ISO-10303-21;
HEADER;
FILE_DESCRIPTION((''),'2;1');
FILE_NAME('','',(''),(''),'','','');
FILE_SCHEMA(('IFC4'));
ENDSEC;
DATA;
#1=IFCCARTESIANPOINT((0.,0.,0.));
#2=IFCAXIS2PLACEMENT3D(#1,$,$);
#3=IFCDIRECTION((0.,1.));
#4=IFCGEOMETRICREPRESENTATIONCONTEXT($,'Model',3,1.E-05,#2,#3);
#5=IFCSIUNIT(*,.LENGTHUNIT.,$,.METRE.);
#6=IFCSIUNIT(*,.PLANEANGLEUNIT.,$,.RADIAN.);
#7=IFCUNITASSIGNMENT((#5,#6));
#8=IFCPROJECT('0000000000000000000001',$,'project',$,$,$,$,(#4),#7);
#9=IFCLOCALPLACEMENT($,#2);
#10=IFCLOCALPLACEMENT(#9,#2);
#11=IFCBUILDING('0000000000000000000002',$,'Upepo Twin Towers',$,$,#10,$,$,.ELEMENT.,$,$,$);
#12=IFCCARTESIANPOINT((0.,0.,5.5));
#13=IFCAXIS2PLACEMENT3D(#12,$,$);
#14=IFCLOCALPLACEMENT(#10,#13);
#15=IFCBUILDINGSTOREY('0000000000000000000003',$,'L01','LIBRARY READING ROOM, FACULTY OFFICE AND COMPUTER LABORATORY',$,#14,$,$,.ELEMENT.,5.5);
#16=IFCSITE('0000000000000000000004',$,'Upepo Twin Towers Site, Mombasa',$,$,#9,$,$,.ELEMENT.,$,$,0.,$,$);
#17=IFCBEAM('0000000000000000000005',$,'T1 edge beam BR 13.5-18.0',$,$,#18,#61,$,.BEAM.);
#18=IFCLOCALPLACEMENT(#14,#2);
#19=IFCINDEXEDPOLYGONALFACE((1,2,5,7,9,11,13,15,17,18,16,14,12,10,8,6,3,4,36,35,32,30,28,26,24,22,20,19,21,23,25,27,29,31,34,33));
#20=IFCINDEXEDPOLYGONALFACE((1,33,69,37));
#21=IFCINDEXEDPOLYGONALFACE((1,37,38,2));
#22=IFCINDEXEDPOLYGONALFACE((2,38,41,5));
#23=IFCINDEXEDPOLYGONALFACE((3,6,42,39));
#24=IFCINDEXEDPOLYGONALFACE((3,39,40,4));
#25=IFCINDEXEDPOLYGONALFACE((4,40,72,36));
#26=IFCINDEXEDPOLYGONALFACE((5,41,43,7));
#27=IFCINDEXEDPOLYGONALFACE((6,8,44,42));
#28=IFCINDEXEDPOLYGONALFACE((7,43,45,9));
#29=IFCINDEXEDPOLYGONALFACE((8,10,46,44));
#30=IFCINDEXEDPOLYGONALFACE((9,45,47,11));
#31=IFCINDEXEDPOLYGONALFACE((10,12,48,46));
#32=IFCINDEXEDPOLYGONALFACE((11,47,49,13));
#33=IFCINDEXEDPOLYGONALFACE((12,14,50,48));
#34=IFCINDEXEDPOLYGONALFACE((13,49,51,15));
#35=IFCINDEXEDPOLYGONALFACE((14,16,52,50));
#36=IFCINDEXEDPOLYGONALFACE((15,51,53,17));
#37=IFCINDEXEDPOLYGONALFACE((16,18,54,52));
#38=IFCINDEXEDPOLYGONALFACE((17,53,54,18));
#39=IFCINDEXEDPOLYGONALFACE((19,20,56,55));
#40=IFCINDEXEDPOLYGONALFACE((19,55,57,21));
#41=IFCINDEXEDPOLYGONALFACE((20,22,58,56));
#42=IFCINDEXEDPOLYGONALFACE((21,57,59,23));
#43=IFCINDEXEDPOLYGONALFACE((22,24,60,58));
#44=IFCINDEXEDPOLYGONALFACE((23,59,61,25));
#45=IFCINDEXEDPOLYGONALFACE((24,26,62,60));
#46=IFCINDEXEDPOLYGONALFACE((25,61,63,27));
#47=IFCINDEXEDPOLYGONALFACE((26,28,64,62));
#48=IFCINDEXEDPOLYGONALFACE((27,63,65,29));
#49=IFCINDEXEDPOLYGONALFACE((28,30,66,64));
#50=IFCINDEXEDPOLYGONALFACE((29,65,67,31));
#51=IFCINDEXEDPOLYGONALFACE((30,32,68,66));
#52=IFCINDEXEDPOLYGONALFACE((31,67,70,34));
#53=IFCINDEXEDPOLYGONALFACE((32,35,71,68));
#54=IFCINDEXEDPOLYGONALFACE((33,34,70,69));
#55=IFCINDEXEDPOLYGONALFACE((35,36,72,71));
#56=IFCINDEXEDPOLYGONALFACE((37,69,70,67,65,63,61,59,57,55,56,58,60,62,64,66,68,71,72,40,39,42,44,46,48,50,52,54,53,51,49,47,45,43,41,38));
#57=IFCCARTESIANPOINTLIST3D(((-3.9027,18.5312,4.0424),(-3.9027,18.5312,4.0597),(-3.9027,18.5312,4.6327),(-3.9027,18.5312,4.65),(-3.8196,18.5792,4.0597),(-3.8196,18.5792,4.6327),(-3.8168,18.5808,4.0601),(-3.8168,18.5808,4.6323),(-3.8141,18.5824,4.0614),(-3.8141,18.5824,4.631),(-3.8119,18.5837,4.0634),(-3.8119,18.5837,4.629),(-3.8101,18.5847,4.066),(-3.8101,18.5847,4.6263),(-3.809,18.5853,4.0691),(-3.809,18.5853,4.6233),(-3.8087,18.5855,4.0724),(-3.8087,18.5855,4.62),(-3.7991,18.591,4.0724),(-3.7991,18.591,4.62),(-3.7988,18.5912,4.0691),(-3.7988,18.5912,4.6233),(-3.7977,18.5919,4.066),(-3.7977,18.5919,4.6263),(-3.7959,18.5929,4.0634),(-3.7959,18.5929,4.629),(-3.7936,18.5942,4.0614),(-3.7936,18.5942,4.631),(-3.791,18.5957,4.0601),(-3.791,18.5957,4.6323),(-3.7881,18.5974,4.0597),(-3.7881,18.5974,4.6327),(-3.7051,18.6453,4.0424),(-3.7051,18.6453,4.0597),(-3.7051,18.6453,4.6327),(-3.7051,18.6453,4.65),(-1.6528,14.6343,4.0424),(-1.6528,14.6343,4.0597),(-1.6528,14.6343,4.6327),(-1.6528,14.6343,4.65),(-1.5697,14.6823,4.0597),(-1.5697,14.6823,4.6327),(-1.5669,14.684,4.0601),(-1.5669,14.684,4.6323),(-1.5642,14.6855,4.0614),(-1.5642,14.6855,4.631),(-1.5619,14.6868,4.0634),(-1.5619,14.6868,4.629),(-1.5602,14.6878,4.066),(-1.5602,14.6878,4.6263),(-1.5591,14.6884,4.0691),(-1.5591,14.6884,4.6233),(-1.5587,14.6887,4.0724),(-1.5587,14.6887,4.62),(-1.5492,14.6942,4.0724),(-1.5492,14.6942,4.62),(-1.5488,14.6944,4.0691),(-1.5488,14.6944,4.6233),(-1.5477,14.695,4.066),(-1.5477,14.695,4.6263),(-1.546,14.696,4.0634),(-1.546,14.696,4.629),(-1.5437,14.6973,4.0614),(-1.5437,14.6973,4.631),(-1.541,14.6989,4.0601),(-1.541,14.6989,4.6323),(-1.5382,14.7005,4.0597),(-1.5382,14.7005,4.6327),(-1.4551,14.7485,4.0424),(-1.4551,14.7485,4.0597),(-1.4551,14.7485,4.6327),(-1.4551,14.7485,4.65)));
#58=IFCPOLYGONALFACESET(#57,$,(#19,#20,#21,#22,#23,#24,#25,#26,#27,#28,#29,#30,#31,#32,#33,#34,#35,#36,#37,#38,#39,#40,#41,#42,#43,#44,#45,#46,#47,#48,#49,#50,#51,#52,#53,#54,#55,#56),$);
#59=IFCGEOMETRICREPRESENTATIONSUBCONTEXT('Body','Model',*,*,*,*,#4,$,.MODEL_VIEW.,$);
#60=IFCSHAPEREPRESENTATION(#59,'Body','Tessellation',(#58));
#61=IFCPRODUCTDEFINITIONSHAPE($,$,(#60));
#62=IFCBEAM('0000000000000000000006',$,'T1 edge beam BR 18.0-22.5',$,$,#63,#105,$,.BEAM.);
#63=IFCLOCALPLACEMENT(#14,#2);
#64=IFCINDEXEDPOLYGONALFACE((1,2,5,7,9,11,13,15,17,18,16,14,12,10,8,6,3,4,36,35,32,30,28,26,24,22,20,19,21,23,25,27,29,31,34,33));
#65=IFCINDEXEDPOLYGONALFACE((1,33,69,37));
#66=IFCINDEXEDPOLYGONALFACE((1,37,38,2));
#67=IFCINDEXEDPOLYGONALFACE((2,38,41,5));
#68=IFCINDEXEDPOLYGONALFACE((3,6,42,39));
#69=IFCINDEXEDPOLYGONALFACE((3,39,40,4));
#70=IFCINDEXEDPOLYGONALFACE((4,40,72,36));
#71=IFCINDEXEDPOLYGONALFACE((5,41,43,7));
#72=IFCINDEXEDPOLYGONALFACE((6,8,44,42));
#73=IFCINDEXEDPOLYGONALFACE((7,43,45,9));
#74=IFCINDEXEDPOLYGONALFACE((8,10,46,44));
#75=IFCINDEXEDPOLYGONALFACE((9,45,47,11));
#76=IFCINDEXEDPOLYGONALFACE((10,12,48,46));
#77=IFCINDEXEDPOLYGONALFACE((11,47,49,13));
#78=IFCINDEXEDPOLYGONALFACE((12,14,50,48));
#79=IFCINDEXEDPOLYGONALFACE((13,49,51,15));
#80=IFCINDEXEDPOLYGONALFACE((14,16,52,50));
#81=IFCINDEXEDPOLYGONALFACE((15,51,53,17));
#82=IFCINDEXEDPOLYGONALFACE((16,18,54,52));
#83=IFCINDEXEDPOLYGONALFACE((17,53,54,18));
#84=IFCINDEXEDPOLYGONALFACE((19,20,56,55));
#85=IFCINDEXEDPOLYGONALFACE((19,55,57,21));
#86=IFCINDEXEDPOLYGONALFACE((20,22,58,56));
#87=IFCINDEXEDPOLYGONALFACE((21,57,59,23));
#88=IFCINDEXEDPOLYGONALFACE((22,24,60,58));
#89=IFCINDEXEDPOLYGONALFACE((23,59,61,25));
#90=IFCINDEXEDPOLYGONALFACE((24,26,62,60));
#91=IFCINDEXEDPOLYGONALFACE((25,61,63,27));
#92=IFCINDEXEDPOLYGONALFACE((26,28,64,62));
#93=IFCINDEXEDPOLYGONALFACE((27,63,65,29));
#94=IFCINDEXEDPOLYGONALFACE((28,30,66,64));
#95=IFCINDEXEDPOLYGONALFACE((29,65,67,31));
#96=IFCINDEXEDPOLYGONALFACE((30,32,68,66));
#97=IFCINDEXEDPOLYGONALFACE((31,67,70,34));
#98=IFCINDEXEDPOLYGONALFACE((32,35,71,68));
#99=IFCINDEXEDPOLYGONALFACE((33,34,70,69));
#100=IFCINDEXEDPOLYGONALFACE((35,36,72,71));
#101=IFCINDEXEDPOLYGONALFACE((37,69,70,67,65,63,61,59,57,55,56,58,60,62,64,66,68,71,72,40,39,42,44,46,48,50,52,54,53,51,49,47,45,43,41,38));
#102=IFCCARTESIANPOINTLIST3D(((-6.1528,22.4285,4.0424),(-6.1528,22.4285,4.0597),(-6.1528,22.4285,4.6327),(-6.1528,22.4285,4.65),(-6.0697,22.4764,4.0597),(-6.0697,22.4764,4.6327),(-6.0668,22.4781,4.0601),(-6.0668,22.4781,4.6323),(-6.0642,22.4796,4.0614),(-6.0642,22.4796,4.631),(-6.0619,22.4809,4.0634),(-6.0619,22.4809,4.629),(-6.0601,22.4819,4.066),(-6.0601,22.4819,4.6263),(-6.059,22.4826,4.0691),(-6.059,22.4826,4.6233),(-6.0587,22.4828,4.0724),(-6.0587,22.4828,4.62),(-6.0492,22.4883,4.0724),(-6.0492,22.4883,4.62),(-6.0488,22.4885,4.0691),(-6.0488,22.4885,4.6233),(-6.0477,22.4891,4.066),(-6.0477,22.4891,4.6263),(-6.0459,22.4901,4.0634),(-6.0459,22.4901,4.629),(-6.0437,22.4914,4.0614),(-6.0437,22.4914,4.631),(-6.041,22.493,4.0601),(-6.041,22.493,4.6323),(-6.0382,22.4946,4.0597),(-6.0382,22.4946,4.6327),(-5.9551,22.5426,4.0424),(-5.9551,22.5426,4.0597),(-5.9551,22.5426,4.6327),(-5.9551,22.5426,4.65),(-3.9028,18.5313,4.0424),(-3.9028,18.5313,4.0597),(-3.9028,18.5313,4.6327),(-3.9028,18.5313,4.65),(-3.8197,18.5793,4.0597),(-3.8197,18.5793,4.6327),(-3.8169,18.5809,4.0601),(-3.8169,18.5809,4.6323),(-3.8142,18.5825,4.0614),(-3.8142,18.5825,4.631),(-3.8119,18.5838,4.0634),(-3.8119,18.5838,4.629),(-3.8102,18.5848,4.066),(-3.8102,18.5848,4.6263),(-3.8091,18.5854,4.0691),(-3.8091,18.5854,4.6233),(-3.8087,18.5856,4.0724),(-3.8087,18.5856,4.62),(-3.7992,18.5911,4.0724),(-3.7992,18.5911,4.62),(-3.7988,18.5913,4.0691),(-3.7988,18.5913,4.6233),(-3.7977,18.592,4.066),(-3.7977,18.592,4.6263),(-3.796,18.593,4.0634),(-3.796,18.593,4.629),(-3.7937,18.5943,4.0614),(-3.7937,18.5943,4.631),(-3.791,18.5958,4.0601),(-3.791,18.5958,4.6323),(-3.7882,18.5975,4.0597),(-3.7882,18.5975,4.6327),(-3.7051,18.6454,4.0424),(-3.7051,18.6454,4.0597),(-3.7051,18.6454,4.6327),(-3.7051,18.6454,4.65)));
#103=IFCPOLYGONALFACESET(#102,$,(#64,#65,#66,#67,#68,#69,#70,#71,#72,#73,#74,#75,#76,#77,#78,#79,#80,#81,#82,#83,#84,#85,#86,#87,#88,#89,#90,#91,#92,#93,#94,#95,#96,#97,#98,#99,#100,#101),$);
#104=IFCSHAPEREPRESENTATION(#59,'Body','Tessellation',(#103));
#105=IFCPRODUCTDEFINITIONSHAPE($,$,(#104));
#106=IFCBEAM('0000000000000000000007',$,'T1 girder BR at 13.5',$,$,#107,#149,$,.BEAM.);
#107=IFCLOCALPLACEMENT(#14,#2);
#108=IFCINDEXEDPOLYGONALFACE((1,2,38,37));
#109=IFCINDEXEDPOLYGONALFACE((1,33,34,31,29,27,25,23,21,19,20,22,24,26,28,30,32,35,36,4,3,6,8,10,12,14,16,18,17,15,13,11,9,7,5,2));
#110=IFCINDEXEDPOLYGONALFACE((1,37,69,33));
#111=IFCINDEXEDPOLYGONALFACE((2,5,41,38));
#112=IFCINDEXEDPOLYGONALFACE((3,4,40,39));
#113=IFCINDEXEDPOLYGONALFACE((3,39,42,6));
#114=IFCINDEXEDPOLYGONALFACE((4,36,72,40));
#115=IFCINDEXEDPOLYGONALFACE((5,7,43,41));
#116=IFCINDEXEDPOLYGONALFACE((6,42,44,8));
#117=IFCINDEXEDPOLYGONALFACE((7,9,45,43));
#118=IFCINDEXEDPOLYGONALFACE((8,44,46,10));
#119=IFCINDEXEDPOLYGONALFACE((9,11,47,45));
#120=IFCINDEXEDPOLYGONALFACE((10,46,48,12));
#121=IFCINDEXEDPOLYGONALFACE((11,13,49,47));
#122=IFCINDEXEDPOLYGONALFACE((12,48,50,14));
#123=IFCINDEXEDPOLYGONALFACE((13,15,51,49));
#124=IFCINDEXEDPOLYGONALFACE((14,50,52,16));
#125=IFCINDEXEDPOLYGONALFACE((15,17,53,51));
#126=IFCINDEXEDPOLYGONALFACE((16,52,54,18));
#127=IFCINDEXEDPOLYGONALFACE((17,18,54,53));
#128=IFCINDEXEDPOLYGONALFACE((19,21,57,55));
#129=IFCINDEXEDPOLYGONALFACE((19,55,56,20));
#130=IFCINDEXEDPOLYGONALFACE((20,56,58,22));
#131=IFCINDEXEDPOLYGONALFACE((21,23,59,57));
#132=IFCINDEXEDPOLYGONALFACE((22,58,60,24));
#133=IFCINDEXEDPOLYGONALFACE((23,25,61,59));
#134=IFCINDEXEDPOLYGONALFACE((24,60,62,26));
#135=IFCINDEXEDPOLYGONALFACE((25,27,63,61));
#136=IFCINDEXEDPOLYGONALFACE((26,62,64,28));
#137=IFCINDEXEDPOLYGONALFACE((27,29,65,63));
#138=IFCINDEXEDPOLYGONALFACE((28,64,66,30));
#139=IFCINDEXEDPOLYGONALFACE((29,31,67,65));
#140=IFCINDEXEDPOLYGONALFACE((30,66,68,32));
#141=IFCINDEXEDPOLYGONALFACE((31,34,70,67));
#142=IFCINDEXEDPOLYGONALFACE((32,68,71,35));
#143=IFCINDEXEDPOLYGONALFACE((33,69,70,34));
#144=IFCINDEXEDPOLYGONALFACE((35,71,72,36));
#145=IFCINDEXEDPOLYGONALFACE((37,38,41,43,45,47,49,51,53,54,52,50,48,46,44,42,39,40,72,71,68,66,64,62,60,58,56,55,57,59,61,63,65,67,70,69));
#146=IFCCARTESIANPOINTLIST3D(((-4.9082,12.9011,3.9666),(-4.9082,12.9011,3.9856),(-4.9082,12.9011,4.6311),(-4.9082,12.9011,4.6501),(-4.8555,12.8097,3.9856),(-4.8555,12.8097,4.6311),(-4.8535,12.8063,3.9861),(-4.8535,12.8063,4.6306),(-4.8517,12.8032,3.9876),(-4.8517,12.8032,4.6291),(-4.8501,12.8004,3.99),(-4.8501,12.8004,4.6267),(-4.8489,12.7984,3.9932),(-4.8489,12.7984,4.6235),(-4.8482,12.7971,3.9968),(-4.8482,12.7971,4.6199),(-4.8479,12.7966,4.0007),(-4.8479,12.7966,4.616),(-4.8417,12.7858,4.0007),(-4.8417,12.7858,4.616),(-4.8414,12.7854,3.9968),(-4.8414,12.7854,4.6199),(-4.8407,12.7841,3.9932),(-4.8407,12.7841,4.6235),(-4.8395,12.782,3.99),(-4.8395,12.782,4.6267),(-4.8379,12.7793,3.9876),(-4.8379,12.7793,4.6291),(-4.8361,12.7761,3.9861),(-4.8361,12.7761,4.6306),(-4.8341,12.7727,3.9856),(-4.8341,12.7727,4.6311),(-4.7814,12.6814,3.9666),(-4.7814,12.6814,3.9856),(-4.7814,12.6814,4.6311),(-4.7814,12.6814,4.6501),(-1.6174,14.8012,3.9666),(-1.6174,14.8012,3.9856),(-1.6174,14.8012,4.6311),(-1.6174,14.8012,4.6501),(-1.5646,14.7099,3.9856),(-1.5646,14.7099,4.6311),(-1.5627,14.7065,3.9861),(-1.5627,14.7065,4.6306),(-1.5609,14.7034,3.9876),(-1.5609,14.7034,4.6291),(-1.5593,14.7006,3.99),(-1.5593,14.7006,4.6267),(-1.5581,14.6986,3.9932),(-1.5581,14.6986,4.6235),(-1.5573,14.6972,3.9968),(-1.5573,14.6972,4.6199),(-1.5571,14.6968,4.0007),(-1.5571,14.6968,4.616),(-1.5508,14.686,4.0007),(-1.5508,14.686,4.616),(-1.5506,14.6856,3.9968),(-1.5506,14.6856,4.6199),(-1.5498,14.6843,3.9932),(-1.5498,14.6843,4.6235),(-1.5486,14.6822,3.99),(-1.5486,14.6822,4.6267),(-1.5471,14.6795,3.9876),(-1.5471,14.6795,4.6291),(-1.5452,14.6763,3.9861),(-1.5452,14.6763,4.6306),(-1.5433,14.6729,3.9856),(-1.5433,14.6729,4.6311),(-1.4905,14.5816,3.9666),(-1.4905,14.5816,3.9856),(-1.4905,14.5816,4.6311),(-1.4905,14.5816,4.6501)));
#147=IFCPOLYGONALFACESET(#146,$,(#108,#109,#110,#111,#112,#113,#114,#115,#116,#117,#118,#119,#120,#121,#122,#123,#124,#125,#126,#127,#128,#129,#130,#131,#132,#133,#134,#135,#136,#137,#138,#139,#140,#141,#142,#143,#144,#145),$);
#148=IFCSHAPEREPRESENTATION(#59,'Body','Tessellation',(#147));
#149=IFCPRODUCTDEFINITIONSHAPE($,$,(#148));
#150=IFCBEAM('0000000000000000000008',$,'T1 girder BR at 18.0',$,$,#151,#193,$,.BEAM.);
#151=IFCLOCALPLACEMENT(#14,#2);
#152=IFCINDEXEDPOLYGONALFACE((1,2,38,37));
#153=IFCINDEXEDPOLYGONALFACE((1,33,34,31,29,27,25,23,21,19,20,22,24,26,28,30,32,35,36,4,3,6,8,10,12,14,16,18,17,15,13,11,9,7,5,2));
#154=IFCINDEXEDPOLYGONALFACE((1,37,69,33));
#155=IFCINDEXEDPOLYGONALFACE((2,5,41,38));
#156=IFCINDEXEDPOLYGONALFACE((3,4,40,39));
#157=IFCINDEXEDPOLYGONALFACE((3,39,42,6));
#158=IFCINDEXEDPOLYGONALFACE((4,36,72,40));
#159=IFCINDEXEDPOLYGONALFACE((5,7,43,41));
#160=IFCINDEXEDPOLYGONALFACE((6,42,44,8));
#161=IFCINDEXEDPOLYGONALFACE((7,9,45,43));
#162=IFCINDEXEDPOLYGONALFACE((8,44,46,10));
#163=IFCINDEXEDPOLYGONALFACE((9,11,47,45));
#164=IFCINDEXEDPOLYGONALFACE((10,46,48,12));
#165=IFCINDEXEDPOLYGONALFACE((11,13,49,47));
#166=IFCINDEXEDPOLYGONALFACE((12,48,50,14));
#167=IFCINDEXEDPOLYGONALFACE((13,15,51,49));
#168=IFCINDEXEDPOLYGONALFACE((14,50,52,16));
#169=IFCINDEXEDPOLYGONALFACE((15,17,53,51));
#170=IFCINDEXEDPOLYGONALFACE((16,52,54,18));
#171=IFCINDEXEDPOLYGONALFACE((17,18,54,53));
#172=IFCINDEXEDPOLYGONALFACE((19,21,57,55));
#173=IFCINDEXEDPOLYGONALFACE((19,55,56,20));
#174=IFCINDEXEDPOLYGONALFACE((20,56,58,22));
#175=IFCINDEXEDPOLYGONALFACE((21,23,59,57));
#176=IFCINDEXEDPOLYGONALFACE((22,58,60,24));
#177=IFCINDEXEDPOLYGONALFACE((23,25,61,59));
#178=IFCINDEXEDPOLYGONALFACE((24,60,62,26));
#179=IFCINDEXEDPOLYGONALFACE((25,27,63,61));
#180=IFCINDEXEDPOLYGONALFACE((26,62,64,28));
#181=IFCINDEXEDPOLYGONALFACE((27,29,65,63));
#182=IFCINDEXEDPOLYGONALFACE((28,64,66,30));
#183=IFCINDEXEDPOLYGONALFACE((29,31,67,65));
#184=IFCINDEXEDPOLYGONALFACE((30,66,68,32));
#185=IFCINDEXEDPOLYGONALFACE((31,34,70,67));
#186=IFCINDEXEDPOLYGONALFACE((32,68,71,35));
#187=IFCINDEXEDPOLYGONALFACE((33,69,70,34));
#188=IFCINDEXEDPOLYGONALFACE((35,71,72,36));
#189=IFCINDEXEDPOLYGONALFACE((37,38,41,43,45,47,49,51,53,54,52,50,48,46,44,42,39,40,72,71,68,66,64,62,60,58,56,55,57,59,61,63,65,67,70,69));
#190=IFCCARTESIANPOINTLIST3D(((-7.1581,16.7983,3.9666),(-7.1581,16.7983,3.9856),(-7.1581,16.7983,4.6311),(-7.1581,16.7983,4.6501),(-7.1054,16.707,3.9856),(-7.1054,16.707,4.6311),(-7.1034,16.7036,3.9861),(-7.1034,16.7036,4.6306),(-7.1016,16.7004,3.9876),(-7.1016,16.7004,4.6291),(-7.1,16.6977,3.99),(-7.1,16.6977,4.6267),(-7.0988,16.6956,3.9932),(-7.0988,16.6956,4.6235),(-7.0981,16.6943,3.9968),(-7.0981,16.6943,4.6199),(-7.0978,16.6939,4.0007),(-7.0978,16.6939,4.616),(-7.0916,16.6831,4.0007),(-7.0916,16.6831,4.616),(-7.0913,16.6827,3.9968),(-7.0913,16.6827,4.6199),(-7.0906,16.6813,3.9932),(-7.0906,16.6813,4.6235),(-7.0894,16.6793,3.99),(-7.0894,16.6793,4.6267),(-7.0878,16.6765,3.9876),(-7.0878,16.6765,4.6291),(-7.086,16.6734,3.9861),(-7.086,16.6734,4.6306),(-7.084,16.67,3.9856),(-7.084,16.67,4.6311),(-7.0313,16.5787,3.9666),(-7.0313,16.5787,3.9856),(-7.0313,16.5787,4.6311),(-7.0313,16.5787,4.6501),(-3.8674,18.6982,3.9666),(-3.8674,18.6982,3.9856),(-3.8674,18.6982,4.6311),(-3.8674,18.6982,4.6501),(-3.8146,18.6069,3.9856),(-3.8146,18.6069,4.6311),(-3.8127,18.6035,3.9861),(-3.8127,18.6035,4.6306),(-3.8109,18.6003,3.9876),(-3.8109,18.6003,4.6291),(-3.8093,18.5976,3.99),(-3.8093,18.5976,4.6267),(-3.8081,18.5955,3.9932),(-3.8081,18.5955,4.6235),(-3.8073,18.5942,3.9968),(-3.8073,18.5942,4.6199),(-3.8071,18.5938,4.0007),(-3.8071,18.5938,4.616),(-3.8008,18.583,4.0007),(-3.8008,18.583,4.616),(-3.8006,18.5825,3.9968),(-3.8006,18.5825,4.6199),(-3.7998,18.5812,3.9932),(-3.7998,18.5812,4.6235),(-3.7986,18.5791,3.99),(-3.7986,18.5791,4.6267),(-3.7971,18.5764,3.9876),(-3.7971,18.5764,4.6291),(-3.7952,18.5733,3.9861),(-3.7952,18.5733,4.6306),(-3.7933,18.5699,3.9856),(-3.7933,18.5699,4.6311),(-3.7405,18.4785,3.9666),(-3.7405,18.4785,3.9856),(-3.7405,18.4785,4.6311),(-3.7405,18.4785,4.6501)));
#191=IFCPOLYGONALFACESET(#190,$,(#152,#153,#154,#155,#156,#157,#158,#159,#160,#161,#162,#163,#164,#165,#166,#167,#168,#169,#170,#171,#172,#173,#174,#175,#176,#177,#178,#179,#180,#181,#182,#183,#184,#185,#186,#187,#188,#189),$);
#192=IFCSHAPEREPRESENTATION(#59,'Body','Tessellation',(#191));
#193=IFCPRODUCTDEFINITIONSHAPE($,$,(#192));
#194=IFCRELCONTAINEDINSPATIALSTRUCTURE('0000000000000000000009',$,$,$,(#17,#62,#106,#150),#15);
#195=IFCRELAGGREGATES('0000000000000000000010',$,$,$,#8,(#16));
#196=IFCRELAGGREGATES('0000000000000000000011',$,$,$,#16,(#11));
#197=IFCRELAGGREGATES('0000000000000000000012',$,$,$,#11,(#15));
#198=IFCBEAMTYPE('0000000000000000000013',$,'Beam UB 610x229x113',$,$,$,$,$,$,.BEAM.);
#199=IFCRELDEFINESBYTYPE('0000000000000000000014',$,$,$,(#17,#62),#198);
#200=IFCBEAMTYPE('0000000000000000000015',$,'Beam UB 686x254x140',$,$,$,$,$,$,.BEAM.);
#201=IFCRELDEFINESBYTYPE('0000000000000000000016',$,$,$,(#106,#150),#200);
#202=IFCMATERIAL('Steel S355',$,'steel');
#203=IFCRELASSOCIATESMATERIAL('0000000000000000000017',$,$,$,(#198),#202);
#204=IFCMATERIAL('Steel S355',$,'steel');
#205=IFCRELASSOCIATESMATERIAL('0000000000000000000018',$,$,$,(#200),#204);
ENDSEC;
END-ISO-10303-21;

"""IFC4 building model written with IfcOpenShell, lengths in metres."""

from ifc_helpers import new_model, si_unit, direction, frame, origin, origin_2d, place, context, subcontext, project, spatial, i_section, extrude, material, material_profile, profile_set, type_object, element, save


model = new_model("IFC4")

# Units and contexts
model_context = context("Model", 3, precision=1e-05, world=origin(), true_north=direction((0.0, 1.0)))
body_context = subcontext(model_context, "Body", "Model", "MODEL_VIEW")
ifc_project = project(units=[si_unit("LENGTHUNIT", "METRE"), si_unit("PLANEANGLEUNIT", "RADIAN")], contexts=[model_context])

# Site, building, storey
site_placement = place(None, origin())
site = spatial("IfcSite", under=ifc_project, at=site_placement, Name="Upepo Twin Towers Site, Mombasa", CompositionType="ELEMENT", RefElevation=0.0)
building_placement = place(site_placement, origin())
building = spatial("IfcBuilding", under=site, at=building_placement, Name="Upepo Twin Towers", CompositionType="ELEMENT")
storey_placement = place(building_placement, frame((0.0, 0.0, 5.5)))
storey = spatial("IfcBuildingStorey", under=building, at=storey_placement, Name="L01", Description="LIBRARY READING ROOM, FACULTY OFFICE AND COMPUTER LABORATORY", CompositionType="ELEMENT", Elevation=5.5)

# Beams
ifc_material_1 = material(Name="Steel S355", Category="steel")
ifc_material_profile_1 = material_profile(ifc_material_1, i_section(OverallWidth=0.2283, OverallDepth=0.6077, WebThickness=0.011, FlangeThickness=0.0173, FilletRadius=0.0127, at=origin_2d()), Name="UB 610x229x113")
ifc_profile_set_1 = profile_set([ifc_material_profile_1], Name="Steel S355")
beam_type_1 = type_object("IfcBeamType", Name="Beam UB 610x229x113", PredefinedType="BEAM", material=ifc_profile_set_1)
beam_1_placement = place(storey_placement, frame((-1.554, 14.6914, 4.3462), z_axis=(-0.500014, 0.866018, 0.0), x_axis=(-0.866018, -0.500014, 0.0)))
element("IfcBeam", 1, at=beam_1_placement, inside=storey, type_object=beam_type_1, Name="T1 edge beam BR 13.5-18.0", PredefinedType="BEAM", context=body_context, shape_type="SweptSolid", body=[
    extrude(i_section(OverallWidth=0.2283, OverallDepth=0.6077, WebThickness=0.011, FlangeThickness=0.0173, FilletRadius=0.0127, at=origin_2d()), origin(), (0.0, 0.0, 1.0), 4.4998),
])
beam_2_placement = place(storey_placement, frame((-3.804, 18.5884, 4.3462), z_axis=(-0.49999, 0.866031, 0.0), x_axis=(-0.866031, -0.49999, 0.0)))
element("IfcBeam", 2, at=beam_2_placement, inside=storey, type_object=beam_type_1, Name="T1 edge beam BR 18.0-22.5", PredefinedType="BEAM", context=body_context, shape_type="SweptSolid", body=[
    extrude(i_section(OverallWidth=0.2283, OverallDepth=0.6077, WebThickness=0.011, FlangeThickness=0.0173, FilletRadius=0.0127, at=origin_2d()), origin(), (0.0, 0.0, 1.0), 4.5),
])
ifc_material_2 = material(Name="Steel S355", Category="steel")
ifc_material_profile_2 = material_profile(ifc_material_2, i_section(OverallWidth=0.2537, OverallDepth=0.6836, WebThickness=0.0125, FlangeThickness=0.019, FilletRadius=0.0151, at=origin_2d()), Name="UB 686x254x140")
ifc_profile_set_2 = profile_set([ifc_material_profile_2], Name="Steel S355")
beam_type_2 = type_object("IfcBeamType", Name="Beam UB 686x254x140", PredefinedType="BEAM", material=ifc_profile_set_2)
beam_3_placement = place(storey_placement, frame((-1.554, 14.6914, 4.3083), z_axis=(-0.866, -0.500043, 0.0), x_axis=(0.500043, -0.866, 0.0)))
element("IfcBeam", 3, at=beam_3_placement, inside=storey, type_object=beam_type_2, Name="T1 girder BR at 13.5", PredefinedType="BEAM", context=body_context, shape_type="SweptSolid", body=[
    extrude(i_section(OverallWidth=0.2537, OverallDepth=0.6836, WebThickness=0.0125, FlangeThickness=0.019, FilletRadius=0.0151, at=origin_2d()), origin(), (0.0, 0.0, 1.0), 3.8),
])
beam_4_placement = place(storey_placement, frame((-3.804, 18.5884, 4.3083), z_axis=(-0.866028, -0.499995, 0.0), x_axis=(0.499995, -0.866028, 0.0)))
element("IfcBeam", 4, at=beam_4_placement, inside=storey, type_object=beam_type_2, Name="T1 girder BR at 18.0", PredefinedType="BEAM", context=body_context, shape_type="SweptSolid", body=[
    extrude(i_section(OverallWidth=0.2537, OverallDepth=0.6836, WebThickness=0.0125, FlangeThickness=0.019, FilletRadius=0.0151, at=origin_2d()), origin(), (0.0, 0.0, 1.0), 3.7998),
])

save(model, "model.ifc")
